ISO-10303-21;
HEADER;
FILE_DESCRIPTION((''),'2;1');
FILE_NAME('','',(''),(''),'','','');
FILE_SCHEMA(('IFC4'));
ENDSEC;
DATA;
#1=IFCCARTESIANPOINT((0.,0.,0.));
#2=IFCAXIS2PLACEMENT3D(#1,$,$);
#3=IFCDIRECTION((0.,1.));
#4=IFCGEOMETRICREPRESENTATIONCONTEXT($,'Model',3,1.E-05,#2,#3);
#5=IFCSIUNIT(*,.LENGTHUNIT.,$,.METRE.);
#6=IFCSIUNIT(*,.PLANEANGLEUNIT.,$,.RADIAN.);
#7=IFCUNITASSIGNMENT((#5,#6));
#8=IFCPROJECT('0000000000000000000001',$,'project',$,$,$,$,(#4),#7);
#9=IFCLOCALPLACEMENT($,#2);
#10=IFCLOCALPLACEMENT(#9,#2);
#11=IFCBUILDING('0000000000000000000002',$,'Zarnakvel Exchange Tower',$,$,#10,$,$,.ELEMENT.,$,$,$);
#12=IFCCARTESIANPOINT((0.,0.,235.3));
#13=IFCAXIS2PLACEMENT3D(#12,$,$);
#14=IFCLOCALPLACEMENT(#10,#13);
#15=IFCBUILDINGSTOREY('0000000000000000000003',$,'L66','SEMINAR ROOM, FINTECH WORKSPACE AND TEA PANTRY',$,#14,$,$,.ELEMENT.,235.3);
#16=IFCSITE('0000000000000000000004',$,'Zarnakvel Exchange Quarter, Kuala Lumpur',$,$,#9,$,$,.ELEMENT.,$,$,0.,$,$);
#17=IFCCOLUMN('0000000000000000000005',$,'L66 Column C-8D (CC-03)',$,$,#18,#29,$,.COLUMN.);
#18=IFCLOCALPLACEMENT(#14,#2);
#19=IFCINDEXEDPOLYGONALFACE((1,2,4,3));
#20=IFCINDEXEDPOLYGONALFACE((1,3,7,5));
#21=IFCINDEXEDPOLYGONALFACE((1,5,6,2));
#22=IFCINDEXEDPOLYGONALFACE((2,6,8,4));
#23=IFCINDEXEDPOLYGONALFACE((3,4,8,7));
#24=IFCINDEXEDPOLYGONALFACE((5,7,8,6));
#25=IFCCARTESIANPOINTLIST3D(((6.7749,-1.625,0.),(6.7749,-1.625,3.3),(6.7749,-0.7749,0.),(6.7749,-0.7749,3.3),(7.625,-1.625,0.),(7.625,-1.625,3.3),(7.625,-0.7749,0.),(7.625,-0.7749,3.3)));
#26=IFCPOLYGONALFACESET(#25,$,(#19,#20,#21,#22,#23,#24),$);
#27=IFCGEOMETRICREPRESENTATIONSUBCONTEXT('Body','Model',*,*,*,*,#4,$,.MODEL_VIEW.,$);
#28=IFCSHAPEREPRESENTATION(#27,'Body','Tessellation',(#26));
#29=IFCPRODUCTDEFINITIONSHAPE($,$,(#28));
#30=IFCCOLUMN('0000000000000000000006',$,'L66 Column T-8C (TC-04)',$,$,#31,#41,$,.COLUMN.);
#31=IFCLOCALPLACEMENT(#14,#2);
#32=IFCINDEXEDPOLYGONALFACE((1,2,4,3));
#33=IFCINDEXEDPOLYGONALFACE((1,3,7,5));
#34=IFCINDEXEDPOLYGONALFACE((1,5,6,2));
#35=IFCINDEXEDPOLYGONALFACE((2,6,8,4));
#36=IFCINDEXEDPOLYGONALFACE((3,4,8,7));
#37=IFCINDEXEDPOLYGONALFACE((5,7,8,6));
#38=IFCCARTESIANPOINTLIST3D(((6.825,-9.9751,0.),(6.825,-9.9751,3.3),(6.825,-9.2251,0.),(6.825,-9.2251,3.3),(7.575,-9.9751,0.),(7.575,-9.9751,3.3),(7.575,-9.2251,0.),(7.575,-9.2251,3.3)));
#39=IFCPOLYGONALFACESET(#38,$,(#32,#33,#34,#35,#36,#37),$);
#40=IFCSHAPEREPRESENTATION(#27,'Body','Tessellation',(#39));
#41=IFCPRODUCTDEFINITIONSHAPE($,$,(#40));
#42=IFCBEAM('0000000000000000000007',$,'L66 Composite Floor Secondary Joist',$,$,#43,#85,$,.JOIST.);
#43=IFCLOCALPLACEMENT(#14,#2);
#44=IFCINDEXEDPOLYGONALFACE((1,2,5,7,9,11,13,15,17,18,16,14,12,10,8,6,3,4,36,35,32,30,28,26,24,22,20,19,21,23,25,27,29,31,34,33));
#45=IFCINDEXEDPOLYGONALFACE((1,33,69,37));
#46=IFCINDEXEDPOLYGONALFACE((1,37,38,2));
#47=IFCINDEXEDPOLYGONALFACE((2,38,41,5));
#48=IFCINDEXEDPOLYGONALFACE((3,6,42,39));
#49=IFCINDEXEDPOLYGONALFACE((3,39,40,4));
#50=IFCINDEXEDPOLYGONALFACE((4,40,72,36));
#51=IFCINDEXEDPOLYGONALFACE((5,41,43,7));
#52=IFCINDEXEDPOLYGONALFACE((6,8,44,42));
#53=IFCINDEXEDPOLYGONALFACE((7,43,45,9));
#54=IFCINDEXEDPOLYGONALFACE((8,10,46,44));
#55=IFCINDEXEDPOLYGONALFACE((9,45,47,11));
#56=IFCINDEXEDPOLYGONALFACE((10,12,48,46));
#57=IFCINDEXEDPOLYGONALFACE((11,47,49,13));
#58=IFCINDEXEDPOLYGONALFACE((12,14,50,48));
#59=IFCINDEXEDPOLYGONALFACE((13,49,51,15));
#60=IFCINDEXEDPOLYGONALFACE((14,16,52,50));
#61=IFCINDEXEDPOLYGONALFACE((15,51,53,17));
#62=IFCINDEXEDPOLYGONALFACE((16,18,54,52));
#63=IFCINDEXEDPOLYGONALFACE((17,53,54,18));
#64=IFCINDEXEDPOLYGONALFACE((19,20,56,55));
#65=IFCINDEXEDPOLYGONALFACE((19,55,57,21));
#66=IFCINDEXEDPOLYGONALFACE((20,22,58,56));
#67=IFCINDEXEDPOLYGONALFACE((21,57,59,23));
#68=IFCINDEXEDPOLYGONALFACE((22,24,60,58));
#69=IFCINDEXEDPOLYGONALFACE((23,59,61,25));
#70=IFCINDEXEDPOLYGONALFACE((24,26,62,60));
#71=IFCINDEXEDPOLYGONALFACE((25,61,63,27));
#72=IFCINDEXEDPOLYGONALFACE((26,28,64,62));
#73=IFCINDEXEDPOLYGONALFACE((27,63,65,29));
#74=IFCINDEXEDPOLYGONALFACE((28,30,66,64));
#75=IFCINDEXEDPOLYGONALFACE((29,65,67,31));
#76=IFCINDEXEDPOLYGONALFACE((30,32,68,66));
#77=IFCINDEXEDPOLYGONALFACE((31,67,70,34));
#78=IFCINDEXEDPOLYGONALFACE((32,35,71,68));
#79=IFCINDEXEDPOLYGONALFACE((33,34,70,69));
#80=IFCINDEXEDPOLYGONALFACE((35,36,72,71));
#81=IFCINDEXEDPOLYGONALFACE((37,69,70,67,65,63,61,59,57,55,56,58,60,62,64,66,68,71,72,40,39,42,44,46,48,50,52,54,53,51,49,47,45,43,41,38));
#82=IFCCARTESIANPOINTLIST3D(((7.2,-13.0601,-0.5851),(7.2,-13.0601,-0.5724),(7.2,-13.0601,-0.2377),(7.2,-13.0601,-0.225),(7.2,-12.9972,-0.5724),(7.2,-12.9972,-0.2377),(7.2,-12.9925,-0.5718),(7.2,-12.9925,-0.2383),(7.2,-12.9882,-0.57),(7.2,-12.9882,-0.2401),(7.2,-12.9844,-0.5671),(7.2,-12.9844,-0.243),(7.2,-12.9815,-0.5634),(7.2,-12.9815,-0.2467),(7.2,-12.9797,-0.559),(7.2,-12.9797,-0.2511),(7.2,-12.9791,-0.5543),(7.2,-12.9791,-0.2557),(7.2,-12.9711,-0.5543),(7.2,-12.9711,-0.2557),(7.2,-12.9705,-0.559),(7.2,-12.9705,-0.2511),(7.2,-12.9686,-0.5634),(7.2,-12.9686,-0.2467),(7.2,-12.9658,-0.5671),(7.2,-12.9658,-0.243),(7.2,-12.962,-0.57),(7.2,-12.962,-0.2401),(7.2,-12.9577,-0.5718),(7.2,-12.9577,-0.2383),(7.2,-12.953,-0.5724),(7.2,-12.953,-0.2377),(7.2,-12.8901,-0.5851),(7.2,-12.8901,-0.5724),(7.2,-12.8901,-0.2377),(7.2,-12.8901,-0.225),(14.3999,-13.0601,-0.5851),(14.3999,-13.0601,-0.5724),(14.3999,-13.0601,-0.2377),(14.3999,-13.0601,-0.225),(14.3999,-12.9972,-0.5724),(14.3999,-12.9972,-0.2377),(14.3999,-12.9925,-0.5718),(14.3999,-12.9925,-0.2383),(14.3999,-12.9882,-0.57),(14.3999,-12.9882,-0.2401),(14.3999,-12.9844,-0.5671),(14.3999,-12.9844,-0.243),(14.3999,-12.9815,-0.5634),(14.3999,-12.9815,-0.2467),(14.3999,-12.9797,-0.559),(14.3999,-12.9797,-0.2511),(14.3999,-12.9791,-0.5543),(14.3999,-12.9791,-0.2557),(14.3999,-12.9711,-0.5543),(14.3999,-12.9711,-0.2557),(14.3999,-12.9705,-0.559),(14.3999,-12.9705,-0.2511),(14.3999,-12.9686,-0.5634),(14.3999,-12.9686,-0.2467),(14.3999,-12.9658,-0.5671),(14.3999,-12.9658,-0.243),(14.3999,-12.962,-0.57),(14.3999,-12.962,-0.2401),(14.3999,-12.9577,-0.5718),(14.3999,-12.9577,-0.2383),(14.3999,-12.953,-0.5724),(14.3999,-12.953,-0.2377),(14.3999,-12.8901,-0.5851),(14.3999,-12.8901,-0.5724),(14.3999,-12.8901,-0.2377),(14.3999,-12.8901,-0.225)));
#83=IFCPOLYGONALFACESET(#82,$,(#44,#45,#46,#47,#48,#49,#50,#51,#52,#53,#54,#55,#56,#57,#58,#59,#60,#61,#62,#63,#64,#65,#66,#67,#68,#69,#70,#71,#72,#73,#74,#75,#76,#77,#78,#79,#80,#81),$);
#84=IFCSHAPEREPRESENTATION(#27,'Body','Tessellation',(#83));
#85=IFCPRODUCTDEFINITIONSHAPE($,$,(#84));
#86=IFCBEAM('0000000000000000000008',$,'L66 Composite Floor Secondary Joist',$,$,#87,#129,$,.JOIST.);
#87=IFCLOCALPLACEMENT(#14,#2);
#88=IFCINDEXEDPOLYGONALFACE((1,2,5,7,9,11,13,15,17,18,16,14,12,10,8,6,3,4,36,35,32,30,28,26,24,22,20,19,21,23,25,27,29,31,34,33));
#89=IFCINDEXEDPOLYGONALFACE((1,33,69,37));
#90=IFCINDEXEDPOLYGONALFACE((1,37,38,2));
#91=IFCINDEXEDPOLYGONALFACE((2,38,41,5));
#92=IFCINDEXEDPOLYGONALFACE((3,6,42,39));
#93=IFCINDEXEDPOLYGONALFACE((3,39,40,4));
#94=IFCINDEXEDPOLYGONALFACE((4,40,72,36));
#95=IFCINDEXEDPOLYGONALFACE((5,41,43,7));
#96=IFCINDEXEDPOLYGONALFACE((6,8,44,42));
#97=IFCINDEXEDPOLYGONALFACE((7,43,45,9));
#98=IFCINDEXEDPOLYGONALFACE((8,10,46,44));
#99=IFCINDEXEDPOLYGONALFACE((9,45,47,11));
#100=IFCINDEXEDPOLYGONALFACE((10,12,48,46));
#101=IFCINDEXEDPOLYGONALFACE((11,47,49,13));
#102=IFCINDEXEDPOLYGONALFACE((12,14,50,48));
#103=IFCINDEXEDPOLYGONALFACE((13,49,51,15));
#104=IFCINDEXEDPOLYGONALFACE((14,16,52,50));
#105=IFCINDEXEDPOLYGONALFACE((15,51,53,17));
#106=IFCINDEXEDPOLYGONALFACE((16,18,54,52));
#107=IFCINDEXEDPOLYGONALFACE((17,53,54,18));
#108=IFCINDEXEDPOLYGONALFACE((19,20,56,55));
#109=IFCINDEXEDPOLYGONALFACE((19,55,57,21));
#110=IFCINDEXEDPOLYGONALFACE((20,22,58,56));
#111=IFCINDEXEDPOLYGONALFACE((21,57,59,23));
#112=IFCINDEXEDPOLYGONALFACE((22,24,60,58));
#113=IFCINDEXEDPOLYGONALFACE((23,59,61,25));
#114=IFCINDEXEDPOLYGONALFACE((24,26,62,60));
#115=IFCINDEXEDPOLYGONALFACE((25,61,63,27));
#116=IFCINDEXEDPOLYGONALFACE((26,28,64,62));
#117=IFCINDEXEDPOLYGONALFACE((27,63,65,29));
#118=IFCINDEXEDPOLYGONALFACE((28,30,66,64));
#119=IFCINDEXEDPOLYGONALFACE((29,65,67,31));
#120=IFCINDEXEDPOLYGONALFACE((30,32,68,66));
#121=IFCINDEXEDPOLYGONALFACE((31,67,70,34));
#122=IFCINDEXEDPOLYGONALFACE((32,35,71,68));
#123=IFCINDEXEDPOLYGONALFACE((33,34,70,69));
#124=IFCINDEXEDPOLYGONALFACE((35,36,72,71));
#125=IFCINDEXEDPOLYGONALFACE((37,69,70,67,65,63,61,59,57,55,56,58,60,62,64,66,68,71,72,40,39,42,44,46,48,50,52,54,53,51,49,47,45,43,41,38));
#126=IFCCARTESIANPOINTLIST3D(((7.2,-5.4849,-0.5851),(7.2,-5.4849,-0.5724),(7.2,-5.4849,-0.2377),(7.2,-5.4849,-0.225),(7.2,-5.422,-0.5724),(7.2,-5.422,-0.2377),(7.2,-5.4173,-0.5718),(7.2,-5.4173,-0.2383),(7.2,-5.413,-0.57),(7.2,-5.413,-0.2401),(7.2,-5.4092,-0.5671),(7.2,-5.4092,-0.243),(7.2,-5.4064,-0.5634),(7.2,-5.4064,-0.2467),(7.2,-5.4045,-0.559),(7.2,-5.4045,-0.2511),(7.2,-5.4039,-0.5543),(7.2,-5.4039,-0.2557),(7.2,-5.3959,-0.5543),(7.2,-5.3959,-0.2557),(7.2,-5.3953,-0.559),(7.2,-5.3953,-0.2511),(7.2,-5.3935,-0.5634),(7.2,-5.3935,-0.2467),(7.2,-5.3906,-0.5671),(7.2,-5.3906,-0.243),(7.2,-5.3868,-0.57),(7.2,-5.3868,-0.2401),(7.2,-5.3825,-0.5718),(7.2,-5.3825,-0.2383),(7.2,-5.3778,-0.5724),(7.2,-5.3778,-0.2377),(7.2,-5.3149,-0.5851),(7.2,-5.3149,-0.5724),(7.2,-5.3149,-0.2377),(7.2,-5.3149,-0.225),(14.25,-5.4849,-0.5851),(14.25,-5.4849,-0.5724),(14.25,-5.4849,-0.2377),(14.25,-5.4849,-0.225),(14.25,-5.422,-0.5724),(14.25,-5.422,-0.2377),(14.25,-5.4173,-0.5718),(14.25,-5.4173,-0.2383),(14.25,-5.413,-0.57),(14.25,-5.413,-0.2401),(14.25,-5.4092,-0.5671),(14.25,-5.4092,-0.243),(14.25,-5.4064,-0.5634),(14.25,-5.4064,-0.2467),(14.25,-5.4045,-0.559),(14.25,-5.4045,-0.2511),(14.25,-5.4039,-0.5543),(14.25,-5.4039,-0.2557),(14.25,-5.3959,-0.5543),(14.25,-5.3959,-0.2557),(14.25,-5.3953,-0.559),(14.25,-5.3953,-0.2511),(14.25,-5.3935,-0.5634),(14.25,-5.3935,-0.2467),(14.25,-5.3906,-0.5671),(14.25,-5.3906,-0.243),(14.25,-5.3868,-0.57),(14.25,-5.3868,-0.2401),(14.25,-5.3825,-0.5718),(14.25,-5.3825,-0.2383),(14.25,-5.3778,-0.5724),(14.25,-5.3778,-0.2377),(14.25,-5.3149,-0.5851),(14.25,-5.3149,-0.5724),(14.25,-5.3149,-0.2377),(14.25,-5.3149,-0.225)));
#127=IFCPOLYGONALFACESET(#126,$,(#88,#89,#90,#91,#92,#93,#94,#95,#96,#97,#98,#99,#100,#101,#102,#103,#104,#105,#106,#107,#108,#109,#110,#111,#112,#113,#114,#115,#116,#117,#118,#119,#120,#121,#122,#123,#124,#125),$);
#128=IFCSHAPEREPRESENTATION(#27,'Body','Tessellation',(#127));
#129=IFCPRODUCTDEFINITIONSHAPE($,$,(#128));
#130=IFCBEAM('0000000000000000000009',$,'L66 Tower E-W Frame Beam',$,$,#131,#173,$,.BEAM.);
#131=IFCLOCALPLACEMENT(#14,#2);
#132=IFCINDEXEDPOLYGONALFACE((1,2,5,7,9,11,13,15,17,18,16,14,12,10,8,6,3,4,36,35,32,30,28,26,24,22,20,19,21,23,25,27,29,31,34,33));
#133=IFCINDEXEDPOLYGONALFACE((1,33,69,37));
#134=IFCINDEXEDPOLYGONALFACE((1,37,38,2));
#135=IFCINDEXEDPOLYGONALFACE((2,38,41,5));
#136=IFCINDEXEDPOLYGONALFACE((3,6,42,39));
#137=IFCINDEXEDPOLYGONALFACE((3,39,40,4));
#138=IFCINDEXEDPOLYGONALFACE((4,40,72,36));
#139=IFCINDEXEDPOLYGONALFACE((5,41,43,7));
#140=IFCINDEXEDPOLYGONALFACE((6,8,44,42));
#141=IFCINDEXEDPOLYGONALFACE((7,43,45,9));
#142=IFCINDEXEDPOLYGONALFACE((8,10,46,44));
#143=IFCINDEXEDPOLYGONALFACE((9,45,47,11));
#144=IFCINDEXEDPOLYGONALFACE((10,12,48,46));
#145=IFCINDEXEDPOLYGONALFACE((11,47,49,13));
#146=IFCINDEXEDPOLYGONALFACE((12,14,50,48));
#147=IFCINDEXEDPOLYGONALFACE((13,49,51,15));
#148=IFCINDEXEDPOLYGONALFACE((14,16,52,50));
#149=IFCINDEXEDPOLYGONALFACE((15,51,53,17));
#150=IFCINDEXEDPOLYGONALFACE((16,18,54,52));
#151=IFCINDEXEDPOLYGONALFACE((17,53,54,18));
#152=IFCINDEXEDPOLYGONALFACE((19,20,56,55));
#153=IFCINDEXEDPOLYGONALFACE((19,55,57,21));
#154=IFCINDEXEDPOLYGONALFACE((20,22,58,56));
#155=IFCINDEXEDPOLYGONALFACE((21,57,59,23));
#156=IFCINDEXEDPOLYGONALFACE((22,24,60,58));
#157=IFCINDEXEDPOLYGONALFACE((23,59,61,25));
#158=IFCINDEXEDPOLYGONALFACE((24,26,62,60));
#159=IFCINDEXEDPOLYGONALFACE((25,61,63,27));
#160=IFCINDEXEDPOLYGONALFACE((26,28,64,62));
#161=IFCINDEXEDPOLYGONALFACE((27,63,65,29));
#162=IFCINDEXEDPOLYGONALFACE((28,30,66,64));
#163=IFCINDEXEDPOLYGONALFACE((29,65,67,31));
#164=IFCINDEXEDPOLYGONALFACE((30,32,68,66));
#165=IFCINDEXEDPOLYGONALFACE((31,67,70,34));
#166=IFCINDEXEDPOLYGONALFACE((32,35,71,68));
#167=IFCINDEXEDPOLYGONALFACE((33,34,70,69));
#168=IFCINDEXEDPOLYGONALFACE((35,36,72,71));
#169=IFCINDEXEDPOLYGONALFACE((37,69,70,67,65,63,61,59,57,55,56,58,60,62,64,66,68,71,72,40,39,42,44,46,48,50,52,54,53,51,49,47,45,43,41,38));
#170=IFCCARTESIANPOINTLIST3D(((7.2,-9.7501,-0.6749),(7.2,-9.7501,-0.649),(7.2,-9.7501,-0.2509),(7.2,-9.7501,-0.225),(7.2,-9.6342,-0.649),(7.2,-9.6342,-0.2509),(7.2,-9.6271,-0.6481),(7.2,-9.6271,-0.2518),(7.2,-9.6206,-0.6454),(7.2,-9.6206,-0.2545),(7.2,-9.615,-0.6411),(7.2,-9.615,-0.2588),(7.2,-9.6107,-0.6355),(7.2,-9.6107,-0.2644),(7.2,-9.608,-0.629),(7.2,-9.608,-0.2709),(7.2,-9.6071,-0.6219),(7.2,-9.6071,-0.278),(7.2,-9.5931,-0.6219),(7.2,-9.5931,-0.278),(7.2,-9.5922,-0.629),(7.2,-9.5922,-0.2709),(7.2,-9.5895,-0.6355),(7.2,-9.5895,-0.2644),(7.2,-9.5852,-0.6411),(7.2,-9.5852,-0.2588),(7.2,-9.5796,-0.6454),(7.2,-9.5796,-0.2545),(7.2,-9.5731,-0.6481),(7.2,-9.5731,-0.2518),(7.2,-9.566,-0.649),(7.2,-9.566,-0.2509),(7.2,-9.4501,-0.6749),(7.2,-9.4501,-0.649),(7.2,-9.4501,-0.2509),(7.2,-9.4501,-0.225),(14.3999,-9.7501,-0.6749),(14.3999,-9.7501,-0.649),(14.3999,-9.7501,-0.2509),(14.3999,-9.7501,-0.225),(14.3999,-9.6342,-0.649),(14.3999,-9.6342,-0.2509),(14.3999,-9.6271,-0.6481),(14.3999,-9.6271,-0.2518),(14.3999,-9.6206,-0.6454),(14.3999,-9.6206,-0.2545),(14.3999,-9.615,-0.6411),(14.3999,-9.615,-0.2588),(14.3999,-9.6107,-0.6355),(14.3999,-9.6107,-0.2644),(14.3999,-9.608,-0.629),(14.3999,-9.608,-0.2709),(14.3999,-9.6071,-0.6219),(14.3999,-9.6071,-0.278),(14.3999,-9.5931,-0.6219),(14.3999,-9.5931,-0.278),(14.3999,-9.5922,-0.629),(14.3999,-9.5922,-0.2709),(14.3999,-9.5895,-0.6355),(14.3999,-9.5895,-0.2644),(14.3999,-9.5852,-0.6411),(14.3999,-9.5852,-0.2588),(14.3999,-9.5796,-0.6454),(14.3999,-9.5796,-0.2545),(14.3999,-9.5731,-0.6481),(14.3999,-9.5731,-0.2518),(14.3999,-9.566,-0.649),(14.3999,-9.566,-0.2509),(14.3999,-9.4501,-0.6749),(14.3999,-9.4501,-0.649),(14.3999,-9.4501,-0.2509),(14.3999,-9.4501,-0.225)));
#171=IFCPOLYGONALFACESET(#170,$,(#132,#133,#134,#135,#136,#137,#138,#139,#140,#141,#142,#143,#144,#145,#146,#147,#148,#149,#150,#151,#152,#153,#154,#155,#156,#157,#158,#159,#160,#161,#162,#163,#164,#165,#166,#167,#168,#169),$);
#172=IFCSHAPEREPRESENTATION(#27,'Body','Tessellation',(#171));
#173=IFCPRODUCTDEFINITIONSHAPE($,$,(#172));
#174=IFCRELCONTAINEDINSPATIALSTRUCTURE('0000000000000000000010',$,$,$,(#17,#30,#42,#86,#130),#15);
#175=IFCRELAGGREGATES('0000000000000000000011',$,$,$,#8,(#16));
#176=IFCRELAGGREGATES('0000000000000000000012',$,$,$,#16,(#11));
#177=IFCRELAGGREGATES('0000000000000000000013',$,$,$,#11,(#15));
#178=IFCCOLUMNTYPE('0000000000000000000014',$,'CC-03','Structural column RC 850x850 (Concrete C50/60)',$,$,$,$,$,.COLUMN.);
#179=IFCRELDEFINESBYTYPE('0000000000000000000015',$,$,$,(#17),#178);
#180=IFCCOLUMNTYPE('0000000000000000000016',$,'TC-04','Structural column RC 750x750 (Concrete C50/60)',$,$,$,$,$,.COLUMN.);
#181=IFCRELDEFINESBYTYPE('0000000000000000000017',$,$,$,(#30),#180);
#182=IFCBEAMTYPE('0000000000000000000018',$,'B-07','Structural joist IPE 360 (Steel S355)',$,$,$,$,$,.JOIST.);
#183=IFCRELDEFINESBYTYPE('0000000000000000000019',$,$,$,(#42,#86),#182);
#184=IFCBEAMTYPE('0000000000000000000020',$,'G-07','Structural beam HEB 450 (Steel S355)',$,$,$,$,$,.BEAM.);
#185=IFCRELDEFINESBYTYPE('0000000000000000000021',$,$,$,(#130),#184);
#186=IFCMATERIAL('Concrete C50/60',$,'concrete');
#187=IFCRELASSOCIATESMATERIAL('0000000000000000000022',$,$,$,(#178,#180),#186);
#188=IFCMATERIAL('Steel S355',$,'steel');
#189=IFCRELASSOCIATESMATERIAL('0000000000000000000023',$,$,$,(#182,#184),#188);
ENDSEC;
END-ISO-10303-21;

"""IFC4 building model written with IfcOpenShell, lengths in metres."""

from ifc_helpers import new_model, si_unit, direction, frame, origin, origin_2d, place, context, subcontext, project, spatial, rectangle, i_section, extrude, material, material_profile, profile_set, type_object, element, save


model = new_model("IFC4")

# Units and contexts
model_context = context("Model", 3, precision=1e-05, world=origin(), true_north=direction((0.0, 1.0)))
body_context = subcontext(model_context, "Body", "Model", "MODEL_VIEW")
ifc_project = project(units=[si_unit("LENGTHUNIT", "METRE"), si_unit("PLANEANGLEUNIT", "RADIAN")], contexts=[model_context])

# Site, building, storey
site_placement = place(None, origin())
site = spatial("IfcSite", under=ifc_project, at=site_placement, Name="Zarnakvel Exchange Quarter, Kuala Lumpur", CompositionType="ELEMENT", RefElevation=0.0)
building_placement = place(site_placement, origin())
building = spatial("IfcBuilding", under=site, at=building_placement, Name="Zarnakvel Exchange Tower", CompositionType="ELEMENT")
storey_placement = place(building_placement, frame((0.0, 0.0, 235.3)))
storey = spatial("IfcBuildingStorey", under=building, at=storey_placement, Name="L66", Description="SEMINAR ROOM, FINTECH WORKSPACE AND TEA PANTRY", CompositionType="ELEMENT", Elevation=235.3)

# Columns
ifc_material_1 = material(Name="Concrete C50/60", Category="concrete")
ifc_material_profile_1 = material_profile(ifc_material_1, rectangle(XDim=0.8501, YDim=0.8501, at=origin_2d()))
ifc_profile_set_1 = profile_set([ifc_material_profile_1], Name="Concrete C50/60")
column_type_1 = type_object("IfcColumnType", Name="CC-03", Description="Structural column RC 850x850 (Concrete C50/60)", PredefinedType="COLUMN", material=ifc_profile_set_1)
column_1_placement = place(storey_placement, frame((7.2, -1.2, 0.0), z_axis=(0.0, 0.0, 1.0), x_axis=(1.0, 0.0, 0.0)))
element("IfcColumn", 1, at=column_1_placement, inside=storey, type_object=column_type_1, Name="L66 Column C-8D (CC-03)", PredefinedType="COLUMN", context=body_context, shape_type="SweptSolid", body=[
    extrude(rectangle(XDim=0.8501, YDim=0.8501, at=origin_2d()), origin(), (0.0, 0.0, 1.0), 3.3),
])
ifc_material_profile_2 = material_profile(ifc_material_1, rectangle(XDim=0.75, YDim=0.75, at=origin_2d()))
ifc_profile_set_2 = profile_set([ifc_material_profile_2], Name="Concrete C50/60")
column_type_2 = type_object("IfcColumnType", Name="TC-04", Description="Structural column RC 750x750 (Concrete C50/60)", PredefinedType="COLUMN", material=ifc_profile_set_2)
column_2_placement = place(storey_placement, frame((7.2, -9.6001, 0.0), z_axis=(0.0, 0.0, 1.0), x_axis=(1.0, 0.0, 0.0)))
element("IfcColumn", 2, at=column_2_placement, inside=storey, type_object=column_type_2, Name="L66 Column T-8C (TC-04)", PredefinedType="COLUMN", context=body_context, shape_type="SweptSolid", body=[
    extrude(rectangle(XDim=0.75, YDim=0.75, at=origin_2d()), origin(), (0.0, 0.0, 1.0), 3.3),
])

# Beams
ifc_material_2 = material(Name="Steel S355", Category="steel")
ifc_material_profile_3 = material_profile(ifc_material_2, i_section(OverallWidth=0.1699, OverallDepth=0.3601, WebThickness=0.0081, FlangeThickness=0.0127, FilletRadius=0.0181, at=origin_2d()))
ifc_profile_set_3 = profile_set([ifc_material_profile_3], Name="Steel S355")
beam_type_1 = type_object("IfcBeamType", Name="B-07", Description="Structural joist IPE 360 (Steel S355)", PredefinedType="JOIST", material=ifc_profile_set_3)
beam_1_placement = place(storey_placement, frame((7.2, -12.9751, -0.405), z_axis=(1.0, 0.0, 0.0), x_axis=(0.0, 1.0, 0.0)))
element("IfcBeam", 3, at=beam_1_placement, inside=storey, type_object=beam_type_1, Name="L66 Composite Floor Secondary Joist", PredefinedType="JOIST", context=body_context, shape_type="SweptSolid", body=[
    extrude(i_section(OverallWidth=0.1699, OverallDepth=0.3601, WebThickness=0.0081, FlangeThickness=0.0127, FilletRadius=0.0181, at=origin_2d()), origin(), (0.0, 0.0, 1.0), 7.2),
])
beam_2_placement = place(storey_placement, frame((7.2, -5.3999, -0.405), z_axis=(1.0, 0.0, 0.0), x_axis=(0.0, 1.0, 0.0)))
element("IfcBeam", 4, at=beam_2_placement, inside=storey, type_object=beam_type_1, Name="L66 Composite Floor Secondary Joist", PredefinedType="JOIST", context=body_context, shape_type="SweptSolid", body=[
    extrude(i_section(OverallWidth=0.1699, OverallDepth=0.3601, WebThickness=0.0081, FlangeThickness=0.0127, FilletRadius=0.0181, at=origin_2d()), origin(), (0.0, 0.0, 1.0), 7.05),
])
ifc_material_profile_4 = material_profile(ifc_material_2, i_section(OverallWidth=0.3, OverallDepth=0.45, WebThickness=0.0139, FlangeThickness=0.0259, FilletRadius=0.0271, at=origin_2d()))
ifc_profile_set_4 = profile_set([ifc_material_profile_4], Name="Steel S355")
beam_type_2 = type_object("IfcBeamType", Name="G-07", Description="Structural beam HEB 450 (Steel S355)", PredefinedType="BEAM", material=ifc_profile_set_4)
beam_3_placement = place(storey_placement, frame((7.2, -9.6001, -0.45), z_axis=(1.0, 0.0, 0.0), x_axis=(0.0, 1.0, 0.0)))
element("IfcBeam", 5, at=beam_3_placement, inside=storey, type_object=beam_type_2, Name="L66 Tower E-W Frame Beam", PredefinedType="BEAM", context=body_context, shape_type="SweptSolid", body=[
    extrude(i_section(OverallWidth=0.3, OverallDepth=0.45, WebThickness=0.0139, FlangeThickness=0.0259, FilletRadius=0.0271, at=origin_2d()), origin(), (0.0, 0.0, 1.0), 7.2),
])

save(model, "model.ifc")
